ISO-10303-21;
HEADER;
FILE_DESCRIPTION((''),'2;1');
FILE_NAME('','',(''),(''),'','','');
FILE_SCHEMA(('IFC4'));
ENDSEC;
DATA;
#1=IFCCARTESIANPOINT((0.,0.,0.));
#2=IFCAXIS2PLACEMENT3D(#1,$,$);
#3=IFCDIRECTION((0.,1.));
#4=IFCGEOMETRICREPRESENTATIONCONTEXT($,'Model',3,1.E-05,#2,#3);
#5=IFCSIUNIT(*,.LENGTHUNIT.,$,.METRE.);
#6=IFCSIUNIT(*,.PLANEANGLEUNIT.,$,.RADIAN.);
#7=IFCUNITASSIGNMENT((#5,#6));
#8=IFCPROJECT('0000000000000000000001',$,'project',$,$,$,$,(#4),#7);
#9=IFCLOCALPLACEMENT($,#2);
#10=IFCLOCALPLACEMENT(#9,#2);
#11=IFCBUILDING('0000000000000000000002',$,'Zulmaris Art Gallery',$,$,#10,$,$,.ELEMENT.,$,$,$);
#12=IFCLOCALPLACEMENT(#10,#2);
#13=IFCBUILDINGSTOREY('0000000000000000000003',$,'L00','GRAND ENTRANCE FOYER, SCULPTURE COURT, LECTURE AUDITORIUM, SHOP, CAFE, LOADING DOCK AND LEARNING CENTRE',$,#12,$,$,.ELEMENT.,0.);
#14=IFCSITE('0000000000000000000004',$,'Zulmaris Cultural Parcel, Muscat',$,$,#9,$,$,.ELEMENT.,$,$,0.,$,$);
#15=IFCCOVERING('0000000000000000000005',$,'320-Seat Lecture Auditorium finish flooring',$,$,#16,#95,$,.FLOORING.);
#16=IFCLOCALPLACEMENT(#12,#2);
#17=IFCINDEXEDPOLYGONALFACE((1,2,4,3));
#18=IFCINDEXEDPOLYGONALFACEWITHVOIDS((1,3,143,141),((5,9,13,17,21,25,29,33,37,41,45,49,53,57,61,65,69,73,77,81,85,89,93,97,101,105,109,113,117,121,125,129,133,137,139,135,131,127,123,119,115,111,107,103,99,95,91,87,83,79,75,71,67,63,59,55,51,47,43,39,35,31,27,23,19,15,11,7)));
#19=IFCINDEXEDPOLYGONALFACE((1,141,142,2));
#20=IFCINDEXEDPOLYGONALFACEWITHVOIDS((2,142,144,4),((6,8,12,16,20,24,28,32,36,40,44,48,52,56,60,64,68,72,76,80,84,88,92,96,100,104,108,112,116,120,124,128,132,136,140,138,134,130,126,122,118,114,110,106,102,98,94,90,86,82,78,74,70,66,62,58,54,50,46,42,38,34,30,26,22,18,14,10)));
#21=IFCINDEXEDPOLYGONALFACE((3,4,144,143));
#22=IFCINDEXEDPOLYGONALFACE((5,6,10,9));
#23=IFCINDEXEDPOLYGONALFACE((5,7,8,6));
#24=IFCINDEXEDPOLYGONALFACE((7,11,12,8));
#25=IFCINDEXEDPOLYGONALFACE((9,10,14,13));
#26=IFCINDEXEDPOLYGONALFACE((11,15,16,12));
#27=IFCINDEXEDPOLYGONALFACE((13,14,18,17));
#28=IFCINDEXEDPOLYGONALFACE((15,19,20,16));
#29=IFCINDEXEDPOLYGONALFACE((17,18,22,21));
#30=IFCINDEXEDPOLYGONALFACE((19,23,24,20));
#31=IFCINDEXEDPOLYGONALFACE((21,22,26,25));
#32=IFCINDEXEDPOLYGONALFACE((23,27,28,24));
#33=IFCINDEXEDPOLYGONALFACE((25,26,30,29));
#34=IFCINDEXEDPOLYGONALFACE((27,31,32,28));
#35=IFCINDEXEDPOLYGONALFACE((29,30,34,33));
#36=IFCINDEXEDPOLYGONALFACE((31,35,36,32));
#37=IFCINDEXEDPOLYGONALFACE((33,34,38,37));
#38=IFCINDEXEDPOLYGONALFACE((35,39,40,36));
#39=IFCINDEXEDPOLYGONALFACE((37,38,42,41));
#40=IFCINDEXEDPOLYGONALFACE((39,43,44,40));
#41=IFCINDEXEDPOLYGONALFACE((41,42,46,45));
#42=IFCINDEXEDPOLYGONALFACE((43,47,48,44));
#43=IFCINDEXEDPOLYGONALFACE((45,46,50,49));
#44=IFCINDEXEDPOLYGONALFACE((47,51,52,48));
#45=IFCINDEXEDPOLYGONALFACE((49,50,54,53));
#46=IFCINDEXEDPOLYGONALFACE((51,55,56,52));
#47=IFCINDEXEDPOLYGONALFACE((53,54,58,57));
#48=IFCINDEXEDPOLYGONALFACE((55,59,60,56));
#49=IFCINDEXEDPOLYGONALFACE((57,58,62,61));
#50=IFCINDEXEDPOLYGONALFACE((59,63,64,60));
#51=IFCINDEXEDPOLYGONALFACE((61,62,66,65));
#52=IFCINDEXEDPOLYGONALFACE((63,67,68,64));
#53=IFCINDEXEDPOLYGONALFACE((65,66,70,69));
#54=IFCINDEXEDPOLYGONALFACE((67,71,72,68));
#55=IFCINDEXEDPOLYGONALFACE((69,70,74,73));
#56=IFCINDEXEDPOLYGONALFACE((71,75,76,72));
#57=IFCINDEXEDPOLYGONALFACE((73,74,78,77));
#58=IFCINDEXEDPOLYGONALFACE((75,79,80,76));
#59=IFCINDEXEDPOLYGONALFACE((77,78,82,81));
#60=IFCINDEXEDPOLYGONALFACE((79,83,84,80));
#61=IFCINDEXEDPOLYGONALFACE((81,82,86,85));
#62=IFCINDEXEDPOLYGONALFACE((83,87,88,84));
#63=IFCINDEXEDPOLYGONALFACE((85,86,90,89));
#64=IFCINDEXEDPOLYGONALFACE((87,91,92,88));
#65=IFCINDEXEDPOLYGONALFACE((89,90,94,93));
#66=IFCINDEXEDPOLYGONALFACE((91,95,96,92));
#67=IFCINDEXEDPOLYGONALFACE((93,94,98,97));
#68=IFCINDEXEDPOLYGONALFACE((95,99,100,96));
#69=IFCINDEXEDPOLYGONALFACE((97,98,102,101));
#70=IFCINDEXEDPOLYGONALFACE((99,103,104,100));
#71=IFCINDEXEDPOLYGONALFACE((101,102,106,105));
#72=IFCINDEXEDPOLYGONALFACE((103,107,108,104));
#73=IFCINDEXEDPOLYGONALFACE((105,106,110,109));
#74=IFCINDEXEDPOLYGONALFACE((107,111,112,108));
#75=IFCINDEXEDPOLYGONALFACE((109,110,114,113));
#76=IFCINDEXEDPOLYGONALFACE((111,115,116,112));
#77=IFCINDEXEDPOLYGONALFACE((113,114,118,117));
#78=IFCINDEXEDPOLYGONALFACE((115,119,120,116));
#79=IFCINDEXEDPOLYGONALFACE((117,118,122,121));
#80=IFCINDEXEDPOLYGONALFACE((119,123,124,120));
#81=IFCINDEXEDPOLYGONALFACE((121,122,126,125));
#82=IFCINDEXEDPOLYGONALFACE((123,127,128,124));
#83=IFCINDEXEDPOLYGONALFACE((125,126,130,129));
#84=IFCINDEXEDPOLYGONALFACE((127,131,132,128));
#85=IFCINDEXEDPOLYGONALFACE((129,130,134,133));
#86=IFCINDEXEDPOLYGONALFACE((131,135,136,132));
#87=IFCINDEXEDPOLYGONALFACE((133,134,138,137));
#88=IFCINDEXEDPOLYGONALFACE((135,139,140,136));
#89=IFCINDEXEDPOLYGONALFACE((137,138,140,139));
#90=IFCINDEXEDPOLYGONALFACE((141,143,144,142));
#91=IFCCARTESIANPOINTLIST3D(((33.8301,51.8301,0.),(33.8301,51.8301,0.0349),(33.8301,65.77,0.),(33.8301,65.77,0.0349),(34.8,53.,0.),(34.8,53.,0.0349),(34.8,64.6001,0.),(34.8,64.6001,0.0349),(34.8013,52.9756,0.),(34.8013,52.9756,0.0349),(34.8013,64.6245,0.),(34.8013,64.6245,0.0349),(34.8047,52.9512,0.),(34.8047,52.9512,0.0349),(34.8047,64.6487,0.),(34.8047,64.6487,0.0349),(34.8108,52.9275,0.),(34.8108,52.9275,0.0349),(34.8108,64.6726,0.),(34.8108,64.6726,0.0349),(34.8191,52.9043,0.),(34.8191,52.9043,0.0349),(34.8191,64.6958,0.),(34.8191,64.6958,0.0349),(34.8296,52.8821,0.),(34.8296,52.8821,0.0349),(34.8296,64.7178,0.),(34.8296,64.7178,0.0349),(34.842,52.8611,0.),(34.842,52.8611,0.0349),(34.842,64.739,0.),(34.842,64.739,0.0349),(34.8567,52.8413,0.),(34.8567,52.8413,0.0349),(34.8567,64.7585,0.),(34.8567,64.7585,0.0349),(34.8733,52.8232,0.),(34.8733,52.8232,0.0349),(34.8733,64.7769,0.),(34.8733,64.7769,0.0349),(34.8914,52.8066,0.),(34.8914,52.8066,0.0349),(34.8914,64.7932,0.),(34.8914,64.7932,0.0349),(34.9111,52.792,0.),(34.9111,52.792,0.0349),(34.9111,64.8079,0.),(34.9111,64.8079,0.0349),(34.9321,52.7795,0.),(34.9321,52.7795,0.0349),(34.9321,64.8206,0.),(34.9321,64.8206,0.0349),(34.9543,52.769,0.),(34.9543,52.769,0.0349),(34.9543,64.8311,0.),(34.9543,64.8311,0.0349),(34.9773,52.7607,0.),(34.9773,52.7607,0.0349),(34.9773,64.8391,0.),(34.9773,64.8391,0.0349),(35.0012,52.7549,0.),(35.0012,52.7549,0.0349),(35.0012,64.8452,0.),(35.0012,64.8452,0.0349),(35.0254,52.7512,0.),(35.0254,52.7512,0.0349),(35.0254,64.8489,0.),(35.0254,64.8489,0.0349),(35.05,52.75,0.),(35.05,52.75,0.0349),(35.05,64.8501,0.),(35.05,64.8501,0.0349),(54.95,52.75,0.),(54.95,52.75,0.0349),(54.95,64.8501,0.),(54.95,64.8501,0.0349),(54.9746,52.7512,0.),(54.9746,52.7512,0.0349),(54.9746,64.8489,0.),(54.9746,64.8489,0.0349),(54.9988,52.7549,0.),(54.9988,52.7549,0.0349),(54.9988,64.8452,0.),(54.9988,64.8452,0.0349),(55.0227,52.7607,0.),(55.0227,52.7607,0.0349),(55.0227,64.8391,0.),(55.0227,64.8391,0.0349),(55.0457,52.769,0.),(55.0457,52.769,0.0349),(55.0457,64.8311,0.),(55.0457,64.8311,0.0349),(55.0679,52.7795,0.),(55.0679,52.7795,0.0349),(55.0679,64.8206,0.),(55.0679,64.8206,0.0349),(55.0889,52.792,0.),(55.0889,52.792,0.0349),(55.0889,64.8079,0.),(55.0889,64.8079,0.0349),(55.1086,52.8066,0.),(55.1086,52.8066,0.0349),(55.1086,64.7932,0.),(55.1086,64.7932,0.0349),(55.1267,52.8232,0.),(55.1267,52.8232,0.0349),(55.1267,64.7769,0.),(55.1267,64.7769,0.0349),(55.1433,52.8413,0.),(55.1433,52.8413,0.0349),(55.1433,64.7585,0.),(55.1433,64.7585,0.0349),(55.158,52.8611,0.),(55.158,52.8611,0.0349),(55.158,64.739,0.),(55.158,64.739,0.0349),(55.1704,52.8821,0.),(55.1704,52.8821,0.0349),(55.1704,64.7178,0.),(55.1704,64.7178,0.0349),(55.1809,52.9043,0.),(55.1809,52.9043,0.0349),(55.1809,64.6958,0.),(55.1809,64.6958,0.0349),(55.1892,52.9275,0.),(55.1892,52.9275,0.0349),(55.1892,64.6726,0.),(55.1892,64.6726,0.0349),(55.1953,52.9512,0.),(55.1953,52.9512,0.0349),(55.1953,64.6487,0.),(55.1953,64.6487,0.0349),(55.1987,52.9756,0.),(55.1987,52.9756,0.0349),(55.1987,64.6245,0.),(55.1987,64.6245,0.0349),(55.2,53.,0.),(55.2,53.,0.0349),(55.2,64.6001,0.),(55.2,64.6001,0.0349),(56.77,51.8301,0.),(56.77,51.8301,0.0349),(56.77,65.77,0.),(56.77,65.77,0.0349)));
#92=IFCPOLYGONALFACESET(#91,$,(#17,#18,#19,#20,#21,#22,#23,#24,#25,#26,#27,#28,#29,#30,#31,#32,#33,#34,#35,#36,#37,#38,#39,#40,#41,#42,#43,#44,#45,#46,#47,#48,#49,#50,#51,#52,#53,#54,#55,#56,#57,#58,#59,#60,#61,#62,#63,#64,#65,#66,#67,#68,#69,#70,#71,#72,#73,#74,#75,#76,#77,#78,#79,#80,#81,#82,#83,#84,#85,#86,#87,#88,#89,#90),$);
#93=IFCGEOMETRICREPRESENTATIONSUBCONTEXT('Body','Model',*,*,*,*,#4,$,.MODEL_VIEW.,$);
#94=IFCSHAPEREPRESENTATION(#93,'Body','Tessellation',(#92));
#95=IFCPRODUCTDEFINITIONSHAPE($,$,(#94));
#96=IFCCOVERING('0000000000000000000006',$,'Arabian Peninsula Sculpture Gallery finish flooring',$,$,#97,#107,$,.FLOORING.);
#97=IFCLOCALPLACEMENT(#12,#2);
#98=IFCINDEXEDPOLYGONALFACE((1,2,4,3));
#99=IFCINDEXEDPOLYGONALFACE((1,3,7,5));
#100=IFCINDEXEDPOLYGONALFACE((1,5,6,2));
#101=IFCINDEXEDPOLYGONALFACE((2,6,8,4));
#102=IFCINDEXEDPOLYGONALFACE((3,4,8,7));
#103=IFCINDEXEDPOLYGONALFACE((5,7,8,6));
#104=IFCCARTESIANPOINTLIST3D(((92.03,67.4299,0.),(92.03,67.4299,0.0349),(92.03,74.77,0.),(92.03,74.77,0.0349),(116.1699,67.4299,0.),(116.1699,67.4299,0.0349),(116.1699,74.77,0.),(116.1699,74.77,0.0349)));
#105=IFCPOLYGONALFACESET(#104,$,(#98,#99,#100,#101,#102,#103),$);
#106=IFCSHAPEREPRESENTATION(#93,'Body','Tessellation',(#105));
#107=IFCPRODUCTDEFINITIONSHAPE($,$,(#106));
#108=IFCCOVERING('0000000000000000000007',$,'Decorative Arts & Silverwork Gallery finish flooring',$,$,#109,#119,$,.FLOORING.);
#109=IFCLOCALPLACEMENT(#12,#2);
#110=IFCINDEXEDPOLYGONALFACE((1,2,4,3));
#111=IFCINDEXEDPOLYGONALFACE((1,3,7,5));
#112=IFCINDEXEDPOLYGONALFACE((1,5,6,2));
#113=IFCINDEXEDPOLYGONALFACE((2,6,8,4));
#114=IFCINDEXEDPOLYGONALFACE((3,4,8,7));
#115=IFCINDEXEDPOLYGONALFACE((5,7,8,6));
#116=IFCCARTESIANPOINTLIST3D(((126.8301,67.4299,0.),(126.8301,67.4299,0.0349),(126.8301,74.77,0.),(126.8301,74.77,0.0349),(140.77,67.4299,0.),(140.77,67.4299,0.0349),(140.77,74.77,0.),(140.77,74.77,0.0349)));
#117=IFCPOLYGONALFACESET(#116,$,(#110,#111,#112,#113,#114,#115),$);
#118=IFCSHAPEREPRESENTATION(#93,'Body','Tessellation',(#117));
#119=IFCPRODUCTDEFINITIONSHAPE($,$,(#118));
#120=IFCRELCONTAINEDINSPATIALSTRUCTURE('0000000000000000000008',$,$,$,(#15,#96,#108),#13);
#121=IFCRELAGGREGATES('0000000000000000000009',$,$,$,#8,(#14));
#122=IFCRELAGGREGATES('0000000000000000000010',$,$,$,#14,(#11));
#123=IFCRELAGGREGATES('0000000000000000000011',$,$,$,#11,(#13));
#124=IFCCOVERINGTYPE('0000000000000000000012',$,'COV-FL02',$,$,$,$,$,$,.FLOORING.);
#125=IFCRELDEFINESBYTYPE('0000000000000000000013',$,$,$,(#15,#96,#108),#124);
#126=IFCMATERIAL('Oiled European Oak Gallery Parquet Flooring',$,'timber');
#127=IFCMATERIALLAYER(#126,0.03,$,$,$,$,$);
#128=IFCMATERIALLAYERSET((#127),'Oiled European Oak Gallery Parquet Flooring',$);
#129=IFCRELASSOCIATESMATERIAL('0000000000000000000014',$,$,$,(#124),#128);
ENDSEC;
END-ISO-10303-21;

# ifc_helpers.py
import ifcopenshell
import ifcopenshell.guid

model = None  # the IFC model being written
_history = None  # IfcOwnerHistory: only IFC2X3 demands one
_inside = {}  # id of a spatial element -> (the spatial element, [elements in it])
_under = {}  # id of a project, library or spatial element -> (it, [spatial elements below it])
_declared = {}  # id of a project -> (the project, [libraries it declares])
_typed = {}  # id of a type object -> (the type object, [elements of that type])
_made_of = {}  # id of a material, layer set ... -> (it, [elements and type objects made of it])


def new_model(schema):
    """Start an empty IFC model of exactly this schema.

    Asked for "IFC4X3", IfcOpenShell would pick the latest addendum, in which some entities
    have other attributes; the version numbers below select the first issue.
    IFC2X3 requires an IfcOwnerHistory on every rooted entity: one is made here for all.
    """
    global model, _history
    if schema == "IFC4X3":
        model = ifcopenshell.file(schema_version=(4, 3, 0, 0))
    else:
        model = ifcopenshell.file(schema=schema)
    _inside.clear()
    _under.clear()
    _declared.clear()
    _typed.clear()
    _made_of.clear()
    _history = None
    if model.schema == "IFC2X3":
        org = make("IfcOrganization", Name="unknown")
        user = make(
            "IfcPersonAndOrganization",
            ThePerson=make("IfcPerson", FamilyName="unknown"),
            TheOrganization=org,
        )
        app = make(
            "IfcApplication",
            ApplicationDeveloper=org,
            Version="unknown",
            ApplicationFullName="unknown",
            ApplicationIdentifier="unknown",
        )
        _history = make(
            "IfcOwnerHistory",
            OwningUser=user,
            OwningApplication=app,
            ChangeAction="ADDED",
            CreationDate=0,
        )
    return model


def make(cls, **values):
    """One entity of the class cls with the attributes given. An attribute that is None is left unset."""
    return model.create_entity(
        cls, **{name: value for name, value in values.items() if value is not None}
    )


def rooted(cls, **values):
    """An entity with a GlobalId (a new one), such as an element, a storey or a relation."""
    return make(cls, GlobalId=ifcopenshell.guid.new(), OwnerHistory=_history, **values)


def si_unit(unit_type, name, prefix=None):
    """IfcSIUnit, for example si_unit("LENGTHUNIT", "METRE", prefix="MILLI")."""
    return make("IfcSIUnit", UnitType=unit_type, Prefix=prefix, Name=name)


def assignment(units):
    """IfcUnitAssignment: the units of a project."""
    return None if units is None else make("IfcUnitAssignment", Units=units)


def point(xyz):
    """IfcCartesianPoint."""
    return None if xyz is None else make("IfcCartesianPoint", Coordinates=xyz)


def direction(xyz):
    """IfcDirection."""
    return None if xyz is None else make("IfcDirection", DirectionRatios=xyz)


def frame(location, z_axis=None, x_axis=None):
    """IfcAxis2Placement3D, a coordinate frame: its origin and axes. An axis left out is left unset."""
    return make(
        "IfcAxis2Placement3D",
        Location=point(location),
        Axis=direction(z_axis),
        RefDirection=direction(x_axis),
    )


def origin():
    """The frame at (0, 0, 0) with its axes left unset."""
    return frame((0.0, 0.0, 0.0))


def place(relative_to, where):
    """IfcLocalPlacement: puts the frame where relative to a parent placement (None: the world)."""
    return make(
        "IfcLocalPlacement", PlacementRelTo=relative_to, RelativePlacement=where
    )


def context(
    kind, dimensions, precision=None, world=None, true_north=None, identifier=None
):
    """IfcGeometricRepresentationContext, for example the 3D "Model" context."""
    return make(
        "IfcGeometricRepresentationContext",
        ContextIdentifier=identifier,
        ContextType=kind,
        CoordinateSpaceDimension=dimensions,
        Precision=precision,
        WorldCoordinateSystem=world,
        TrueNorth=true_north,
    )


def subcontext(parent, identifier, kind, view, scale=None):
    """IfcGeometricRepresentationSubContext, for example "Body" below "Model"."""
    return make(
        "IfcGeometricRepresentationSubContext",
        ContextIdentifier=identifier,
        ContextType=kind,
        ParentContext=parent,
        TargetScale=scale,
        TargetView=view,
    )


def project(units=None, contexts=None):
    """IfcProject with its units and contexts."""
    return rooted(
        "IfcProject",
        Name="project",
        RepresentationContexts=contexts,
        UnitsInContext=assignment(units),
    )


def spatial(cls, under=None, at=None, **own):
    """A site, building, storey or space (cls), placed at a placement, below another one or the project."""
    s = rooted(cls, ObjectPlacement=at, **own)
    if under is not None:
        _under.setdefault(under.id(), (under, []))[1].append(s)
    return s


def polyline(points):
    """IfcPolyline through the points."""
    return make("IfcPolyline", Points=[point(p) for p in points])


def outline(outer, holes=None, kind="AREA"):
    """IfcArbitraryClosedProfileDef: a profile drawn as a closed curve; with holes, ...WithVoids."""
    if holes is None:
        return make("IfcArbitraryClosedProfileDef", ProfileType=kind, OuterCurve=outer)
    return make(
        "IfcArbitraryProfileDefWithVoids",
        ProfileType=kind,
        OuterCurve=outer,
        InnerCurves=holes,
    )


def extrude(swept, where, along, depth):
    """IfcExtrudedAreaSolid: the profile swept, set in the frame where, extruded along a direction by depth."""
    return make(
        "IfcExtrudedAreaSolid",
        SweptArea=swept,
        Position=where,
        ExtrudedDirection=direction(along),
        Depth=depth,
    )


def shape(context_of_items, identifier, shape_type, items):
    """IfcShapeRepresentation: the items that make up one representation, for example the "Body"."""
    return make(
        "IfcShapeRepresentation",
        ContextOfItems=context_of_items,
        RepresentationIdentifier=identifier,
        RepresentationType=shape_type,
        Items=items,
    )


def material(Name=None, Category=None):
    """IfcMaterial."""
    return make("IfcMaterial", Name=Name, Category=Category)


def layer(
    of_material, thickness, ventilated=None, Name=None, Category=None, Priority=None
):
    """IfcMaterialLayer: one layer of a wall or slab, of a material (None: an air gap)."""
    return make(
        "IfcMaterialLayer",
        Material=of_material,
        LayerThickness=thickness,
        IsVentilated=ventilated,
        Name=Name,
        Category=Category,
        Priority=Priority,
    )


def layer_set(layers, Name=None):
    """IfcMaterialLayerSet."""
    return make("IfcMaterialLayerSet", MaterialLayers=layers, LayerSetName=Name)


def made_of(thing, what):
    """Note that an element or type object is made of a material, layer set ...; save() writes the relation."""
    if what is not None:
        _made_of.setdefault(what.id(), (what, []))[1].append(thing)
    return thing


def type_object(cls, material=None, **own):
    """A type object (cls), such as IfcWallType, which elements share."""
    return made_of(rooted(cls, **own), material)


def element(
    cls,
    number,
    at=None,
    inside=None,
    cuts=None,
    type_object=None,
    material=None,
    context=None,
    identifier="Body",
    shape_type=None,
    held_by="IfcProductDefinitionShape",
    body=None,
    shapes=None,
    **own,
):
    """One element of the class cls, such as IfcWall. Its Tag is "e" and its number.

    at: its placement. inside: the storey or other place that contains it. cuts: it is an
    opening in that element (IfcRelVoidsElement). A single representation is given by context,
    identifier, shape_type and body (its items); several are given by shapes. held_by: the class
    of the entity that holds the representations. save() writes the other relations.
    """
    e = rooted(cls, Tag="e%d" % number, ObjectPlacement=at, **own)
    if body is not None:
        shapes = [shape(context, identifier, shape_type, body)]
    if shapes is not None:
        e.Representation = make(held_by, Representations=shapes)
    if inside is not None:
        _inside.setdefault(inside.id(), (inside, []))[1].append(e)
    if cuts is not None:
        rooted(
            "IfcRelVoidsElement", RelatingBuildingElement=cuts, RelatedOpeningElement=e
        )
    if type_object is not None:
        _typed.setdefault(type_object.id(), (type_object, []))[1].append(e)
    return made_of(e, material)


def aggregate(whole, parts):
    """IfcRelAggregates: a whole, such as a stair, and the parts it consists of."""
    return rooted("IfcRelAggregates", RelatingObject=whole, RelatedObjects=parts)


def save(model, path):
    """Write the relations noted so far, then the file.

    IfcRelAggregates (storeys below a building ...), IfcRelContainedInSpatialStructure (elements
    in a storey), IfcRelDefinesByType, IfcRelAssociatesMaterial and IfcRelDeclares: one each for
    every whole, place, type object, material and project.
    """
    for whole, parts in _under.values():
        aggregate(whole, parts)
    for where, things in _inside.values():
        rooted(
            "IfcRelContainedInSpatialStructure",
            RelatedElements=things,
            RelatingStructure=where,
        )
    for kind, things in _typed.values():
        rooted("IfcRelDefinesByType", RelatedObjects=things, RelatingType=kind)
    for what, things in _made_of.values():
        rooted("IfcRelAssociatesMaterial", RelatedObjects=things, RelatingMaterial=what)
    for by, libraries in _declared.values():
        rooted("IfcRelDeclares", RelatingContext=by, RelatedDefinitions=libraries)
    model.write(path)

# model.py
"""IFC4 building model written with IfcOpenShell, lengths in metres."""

from ifc_helpers import new_model, si_unit, direction, origin, place, context, subcontext, project, spatial, polyline, outline, extrude, material, layer, layer_set, type_object, element, save


model = new_model("IFC4")

# Units and contexts
model_context = context("Model", 3, precision=1e-05, world=origin(), true_north=direction((0.0, 1.0)))
body_context = subcontext(model_context, "Body", "Model", "MODEL_VIEW")
ifc_project = project(units=[si_unit("LENGTHUNIT", "METRE"), si_unit("PLANEANGLEUNIT", "RADIAN")], contexts=[model_context])

# Site, building, storey
site_placement = place(None, origin())
site = spatial("IfcSite", under=ifc_project, at=site_placement, Name="Zulmaris Cultural Parcel, Muscat", CompositionType="ELEMENT", RefElevation=0.0)
building_placement = place(site_placement, origin())
building = spatial("IfcBuilding", under=site, at=building_placement, Name="Zulmaris Art Gallery", CompositionType="ELEMENT")
storey_placement = place(building_placement, origin())
storey = spatial("IfcBuildingStorey", under=building, at=storey_placement, Name="L00", Description="GRAND ENTRANCE FOYER, SCULPTURE COURT, LECTURE AUDITORIUM, SHOP, CAFE, LOADING DOCK AND LEARNING CENTRE", CompositionType="ELEMENT", Elevation=0.0)

# Coverings
ifc_material_1 = material(Name="Oiled European Oak Gallery Parquet Flooring", Category="timber")
ifc_layer_1 = layer(ifc_material_1, 0.03)
ifc_layer_set_1 = layer_set([ifc_layer_1], Name="Oiled European Oak Gallery Parquet Flooring")
covering_type_1 = type_object("IfcCoveringType", Name="COV-FL02", PredefinedType="FLOORING", material=ifc_layer_set_1)
covering_1_placement = place(storey_placement, origin())
element("IfcCovering", 1, at=covering_1_placement, inside=storey, type_object=covering_type_1, Name="320-Seat Lecture Auditorium finish flooring", PredefinedType="FLOORING", context=body_context, shape_type="SweptSolid", body=[
    extrude(outline(polyline([(33.8301, 51.8301), (33.8301, 65.77), (56.77, 65.77), (56.77, 51.8301), (33.8301, 51.8301)]), holes=[polyline([(34.8013, 52.9756), (34.8047, 52.9512), (34.8108, 52.9275), (34.8191, 52.9043), (34.8296, 52.8821), (34.842, 52.8611), (34.8567, 52.8413), (34.8733, 52.8232), (34.8914, 52.8066), (34.9111, 52.792), (34.9321, 52.7795), (34.9543, 52.769), (34.9773, 52.7607), (35.0012, 52.7549), (35.0254, 52.7512), (35.05, 52.75), (54.95, 52.75), (54.9746, 52.7512), (54.9988, 52.7549), (55.0227, 52.7607), (55.0457, 52.769), (55.0679, 52.7795), (55.0889, 52.792), (55.1086, 52.8066), (55.1267, 52.8232), (55.1433, 52.8413), (55.158, 52.8611), (55.1704, 52.8821), (55.1809, 52.9043), (55.1892, 52.9275), (55.1953, 52.9512), (55.1987, 52.9756), (55.2, 53.0), (55.2, 64.6001), (55.1987, 64.6245), (55.1953, 64.6487), (55.1892, 64.6726), (55.1809, 64.6958), (55.1704, 64.7178), (55.158, 64.739), (55.1433, 64.7585), (55.1267, 64.7769), (55.1086, 64.7932), (55.0889, 64.8079), (55.0679, 64.8206), (55.0457, 64.8311), (55.0227, 64.8391), (54.9988, 64.8452), (54.9746, 64.8489), (54.95, 64.8501), (35.05, 64.8501), (35.0254, 64.8489), (35.0012, 64.8452), (34.9773, 64.8391), (34.9543, 64.8311), (34.9321, 64.8206), (34.9111, 64.8079), (34.8914, 64.7932), (34.8733, 64.7769), (34.8567, 64.7585), (34.842, 64.739), (34.8296, 64.7178), (34.8191, 64.6958), (34.8108, 64.6726), (34.8047, 64.6487), (34.8013, 64.6245), (34.8, 64.6001), (34.8, 53.0), (34.8013, 52.9756)])]), origin(), (0.0, 0.0, 1.0), 0.0349),
])
covering_2_placement = place(storey_placement, origin())
element("IfcCovering", 2, at=covering_2_placement, inside=storey, type_object=covering_type_1, Name="Arabian Peninsula Sculpture Gallery finish flooring", PredefinedType="FLOORING", context=body_context, shape_type="SweptSolid", body=[
    extrude(outline(polyline([(116.1699, 67.4299), (92.03, 67.4299), (92.03, 74.77), (116.1699, 74.77), (116.1699, 67.4299)])), origin(), (0.0, 0.0, 1.0), 0.0349),
])
covering_3_placement = place(storey_placement, origin())
element("IfcCovering", 3, at=covering_3_placement, inside=storey, type_object=covering_type_1, Name="Decorative Arts & Silverwork Gallery finish flooring", PredefinedType="FLOORING", context=body_context, shape_type="SweptSolid", body=[
    extrude(outline(polyline([(140.77, 67.4299), (126.8301, 67.4299), (126.8301, 74.77), (140.77, 74.77), (140.77, 67.4299)])), origin(), (0.0, 0.0, 1.0), 0.0349),
])

save(model, "model.ifc")
